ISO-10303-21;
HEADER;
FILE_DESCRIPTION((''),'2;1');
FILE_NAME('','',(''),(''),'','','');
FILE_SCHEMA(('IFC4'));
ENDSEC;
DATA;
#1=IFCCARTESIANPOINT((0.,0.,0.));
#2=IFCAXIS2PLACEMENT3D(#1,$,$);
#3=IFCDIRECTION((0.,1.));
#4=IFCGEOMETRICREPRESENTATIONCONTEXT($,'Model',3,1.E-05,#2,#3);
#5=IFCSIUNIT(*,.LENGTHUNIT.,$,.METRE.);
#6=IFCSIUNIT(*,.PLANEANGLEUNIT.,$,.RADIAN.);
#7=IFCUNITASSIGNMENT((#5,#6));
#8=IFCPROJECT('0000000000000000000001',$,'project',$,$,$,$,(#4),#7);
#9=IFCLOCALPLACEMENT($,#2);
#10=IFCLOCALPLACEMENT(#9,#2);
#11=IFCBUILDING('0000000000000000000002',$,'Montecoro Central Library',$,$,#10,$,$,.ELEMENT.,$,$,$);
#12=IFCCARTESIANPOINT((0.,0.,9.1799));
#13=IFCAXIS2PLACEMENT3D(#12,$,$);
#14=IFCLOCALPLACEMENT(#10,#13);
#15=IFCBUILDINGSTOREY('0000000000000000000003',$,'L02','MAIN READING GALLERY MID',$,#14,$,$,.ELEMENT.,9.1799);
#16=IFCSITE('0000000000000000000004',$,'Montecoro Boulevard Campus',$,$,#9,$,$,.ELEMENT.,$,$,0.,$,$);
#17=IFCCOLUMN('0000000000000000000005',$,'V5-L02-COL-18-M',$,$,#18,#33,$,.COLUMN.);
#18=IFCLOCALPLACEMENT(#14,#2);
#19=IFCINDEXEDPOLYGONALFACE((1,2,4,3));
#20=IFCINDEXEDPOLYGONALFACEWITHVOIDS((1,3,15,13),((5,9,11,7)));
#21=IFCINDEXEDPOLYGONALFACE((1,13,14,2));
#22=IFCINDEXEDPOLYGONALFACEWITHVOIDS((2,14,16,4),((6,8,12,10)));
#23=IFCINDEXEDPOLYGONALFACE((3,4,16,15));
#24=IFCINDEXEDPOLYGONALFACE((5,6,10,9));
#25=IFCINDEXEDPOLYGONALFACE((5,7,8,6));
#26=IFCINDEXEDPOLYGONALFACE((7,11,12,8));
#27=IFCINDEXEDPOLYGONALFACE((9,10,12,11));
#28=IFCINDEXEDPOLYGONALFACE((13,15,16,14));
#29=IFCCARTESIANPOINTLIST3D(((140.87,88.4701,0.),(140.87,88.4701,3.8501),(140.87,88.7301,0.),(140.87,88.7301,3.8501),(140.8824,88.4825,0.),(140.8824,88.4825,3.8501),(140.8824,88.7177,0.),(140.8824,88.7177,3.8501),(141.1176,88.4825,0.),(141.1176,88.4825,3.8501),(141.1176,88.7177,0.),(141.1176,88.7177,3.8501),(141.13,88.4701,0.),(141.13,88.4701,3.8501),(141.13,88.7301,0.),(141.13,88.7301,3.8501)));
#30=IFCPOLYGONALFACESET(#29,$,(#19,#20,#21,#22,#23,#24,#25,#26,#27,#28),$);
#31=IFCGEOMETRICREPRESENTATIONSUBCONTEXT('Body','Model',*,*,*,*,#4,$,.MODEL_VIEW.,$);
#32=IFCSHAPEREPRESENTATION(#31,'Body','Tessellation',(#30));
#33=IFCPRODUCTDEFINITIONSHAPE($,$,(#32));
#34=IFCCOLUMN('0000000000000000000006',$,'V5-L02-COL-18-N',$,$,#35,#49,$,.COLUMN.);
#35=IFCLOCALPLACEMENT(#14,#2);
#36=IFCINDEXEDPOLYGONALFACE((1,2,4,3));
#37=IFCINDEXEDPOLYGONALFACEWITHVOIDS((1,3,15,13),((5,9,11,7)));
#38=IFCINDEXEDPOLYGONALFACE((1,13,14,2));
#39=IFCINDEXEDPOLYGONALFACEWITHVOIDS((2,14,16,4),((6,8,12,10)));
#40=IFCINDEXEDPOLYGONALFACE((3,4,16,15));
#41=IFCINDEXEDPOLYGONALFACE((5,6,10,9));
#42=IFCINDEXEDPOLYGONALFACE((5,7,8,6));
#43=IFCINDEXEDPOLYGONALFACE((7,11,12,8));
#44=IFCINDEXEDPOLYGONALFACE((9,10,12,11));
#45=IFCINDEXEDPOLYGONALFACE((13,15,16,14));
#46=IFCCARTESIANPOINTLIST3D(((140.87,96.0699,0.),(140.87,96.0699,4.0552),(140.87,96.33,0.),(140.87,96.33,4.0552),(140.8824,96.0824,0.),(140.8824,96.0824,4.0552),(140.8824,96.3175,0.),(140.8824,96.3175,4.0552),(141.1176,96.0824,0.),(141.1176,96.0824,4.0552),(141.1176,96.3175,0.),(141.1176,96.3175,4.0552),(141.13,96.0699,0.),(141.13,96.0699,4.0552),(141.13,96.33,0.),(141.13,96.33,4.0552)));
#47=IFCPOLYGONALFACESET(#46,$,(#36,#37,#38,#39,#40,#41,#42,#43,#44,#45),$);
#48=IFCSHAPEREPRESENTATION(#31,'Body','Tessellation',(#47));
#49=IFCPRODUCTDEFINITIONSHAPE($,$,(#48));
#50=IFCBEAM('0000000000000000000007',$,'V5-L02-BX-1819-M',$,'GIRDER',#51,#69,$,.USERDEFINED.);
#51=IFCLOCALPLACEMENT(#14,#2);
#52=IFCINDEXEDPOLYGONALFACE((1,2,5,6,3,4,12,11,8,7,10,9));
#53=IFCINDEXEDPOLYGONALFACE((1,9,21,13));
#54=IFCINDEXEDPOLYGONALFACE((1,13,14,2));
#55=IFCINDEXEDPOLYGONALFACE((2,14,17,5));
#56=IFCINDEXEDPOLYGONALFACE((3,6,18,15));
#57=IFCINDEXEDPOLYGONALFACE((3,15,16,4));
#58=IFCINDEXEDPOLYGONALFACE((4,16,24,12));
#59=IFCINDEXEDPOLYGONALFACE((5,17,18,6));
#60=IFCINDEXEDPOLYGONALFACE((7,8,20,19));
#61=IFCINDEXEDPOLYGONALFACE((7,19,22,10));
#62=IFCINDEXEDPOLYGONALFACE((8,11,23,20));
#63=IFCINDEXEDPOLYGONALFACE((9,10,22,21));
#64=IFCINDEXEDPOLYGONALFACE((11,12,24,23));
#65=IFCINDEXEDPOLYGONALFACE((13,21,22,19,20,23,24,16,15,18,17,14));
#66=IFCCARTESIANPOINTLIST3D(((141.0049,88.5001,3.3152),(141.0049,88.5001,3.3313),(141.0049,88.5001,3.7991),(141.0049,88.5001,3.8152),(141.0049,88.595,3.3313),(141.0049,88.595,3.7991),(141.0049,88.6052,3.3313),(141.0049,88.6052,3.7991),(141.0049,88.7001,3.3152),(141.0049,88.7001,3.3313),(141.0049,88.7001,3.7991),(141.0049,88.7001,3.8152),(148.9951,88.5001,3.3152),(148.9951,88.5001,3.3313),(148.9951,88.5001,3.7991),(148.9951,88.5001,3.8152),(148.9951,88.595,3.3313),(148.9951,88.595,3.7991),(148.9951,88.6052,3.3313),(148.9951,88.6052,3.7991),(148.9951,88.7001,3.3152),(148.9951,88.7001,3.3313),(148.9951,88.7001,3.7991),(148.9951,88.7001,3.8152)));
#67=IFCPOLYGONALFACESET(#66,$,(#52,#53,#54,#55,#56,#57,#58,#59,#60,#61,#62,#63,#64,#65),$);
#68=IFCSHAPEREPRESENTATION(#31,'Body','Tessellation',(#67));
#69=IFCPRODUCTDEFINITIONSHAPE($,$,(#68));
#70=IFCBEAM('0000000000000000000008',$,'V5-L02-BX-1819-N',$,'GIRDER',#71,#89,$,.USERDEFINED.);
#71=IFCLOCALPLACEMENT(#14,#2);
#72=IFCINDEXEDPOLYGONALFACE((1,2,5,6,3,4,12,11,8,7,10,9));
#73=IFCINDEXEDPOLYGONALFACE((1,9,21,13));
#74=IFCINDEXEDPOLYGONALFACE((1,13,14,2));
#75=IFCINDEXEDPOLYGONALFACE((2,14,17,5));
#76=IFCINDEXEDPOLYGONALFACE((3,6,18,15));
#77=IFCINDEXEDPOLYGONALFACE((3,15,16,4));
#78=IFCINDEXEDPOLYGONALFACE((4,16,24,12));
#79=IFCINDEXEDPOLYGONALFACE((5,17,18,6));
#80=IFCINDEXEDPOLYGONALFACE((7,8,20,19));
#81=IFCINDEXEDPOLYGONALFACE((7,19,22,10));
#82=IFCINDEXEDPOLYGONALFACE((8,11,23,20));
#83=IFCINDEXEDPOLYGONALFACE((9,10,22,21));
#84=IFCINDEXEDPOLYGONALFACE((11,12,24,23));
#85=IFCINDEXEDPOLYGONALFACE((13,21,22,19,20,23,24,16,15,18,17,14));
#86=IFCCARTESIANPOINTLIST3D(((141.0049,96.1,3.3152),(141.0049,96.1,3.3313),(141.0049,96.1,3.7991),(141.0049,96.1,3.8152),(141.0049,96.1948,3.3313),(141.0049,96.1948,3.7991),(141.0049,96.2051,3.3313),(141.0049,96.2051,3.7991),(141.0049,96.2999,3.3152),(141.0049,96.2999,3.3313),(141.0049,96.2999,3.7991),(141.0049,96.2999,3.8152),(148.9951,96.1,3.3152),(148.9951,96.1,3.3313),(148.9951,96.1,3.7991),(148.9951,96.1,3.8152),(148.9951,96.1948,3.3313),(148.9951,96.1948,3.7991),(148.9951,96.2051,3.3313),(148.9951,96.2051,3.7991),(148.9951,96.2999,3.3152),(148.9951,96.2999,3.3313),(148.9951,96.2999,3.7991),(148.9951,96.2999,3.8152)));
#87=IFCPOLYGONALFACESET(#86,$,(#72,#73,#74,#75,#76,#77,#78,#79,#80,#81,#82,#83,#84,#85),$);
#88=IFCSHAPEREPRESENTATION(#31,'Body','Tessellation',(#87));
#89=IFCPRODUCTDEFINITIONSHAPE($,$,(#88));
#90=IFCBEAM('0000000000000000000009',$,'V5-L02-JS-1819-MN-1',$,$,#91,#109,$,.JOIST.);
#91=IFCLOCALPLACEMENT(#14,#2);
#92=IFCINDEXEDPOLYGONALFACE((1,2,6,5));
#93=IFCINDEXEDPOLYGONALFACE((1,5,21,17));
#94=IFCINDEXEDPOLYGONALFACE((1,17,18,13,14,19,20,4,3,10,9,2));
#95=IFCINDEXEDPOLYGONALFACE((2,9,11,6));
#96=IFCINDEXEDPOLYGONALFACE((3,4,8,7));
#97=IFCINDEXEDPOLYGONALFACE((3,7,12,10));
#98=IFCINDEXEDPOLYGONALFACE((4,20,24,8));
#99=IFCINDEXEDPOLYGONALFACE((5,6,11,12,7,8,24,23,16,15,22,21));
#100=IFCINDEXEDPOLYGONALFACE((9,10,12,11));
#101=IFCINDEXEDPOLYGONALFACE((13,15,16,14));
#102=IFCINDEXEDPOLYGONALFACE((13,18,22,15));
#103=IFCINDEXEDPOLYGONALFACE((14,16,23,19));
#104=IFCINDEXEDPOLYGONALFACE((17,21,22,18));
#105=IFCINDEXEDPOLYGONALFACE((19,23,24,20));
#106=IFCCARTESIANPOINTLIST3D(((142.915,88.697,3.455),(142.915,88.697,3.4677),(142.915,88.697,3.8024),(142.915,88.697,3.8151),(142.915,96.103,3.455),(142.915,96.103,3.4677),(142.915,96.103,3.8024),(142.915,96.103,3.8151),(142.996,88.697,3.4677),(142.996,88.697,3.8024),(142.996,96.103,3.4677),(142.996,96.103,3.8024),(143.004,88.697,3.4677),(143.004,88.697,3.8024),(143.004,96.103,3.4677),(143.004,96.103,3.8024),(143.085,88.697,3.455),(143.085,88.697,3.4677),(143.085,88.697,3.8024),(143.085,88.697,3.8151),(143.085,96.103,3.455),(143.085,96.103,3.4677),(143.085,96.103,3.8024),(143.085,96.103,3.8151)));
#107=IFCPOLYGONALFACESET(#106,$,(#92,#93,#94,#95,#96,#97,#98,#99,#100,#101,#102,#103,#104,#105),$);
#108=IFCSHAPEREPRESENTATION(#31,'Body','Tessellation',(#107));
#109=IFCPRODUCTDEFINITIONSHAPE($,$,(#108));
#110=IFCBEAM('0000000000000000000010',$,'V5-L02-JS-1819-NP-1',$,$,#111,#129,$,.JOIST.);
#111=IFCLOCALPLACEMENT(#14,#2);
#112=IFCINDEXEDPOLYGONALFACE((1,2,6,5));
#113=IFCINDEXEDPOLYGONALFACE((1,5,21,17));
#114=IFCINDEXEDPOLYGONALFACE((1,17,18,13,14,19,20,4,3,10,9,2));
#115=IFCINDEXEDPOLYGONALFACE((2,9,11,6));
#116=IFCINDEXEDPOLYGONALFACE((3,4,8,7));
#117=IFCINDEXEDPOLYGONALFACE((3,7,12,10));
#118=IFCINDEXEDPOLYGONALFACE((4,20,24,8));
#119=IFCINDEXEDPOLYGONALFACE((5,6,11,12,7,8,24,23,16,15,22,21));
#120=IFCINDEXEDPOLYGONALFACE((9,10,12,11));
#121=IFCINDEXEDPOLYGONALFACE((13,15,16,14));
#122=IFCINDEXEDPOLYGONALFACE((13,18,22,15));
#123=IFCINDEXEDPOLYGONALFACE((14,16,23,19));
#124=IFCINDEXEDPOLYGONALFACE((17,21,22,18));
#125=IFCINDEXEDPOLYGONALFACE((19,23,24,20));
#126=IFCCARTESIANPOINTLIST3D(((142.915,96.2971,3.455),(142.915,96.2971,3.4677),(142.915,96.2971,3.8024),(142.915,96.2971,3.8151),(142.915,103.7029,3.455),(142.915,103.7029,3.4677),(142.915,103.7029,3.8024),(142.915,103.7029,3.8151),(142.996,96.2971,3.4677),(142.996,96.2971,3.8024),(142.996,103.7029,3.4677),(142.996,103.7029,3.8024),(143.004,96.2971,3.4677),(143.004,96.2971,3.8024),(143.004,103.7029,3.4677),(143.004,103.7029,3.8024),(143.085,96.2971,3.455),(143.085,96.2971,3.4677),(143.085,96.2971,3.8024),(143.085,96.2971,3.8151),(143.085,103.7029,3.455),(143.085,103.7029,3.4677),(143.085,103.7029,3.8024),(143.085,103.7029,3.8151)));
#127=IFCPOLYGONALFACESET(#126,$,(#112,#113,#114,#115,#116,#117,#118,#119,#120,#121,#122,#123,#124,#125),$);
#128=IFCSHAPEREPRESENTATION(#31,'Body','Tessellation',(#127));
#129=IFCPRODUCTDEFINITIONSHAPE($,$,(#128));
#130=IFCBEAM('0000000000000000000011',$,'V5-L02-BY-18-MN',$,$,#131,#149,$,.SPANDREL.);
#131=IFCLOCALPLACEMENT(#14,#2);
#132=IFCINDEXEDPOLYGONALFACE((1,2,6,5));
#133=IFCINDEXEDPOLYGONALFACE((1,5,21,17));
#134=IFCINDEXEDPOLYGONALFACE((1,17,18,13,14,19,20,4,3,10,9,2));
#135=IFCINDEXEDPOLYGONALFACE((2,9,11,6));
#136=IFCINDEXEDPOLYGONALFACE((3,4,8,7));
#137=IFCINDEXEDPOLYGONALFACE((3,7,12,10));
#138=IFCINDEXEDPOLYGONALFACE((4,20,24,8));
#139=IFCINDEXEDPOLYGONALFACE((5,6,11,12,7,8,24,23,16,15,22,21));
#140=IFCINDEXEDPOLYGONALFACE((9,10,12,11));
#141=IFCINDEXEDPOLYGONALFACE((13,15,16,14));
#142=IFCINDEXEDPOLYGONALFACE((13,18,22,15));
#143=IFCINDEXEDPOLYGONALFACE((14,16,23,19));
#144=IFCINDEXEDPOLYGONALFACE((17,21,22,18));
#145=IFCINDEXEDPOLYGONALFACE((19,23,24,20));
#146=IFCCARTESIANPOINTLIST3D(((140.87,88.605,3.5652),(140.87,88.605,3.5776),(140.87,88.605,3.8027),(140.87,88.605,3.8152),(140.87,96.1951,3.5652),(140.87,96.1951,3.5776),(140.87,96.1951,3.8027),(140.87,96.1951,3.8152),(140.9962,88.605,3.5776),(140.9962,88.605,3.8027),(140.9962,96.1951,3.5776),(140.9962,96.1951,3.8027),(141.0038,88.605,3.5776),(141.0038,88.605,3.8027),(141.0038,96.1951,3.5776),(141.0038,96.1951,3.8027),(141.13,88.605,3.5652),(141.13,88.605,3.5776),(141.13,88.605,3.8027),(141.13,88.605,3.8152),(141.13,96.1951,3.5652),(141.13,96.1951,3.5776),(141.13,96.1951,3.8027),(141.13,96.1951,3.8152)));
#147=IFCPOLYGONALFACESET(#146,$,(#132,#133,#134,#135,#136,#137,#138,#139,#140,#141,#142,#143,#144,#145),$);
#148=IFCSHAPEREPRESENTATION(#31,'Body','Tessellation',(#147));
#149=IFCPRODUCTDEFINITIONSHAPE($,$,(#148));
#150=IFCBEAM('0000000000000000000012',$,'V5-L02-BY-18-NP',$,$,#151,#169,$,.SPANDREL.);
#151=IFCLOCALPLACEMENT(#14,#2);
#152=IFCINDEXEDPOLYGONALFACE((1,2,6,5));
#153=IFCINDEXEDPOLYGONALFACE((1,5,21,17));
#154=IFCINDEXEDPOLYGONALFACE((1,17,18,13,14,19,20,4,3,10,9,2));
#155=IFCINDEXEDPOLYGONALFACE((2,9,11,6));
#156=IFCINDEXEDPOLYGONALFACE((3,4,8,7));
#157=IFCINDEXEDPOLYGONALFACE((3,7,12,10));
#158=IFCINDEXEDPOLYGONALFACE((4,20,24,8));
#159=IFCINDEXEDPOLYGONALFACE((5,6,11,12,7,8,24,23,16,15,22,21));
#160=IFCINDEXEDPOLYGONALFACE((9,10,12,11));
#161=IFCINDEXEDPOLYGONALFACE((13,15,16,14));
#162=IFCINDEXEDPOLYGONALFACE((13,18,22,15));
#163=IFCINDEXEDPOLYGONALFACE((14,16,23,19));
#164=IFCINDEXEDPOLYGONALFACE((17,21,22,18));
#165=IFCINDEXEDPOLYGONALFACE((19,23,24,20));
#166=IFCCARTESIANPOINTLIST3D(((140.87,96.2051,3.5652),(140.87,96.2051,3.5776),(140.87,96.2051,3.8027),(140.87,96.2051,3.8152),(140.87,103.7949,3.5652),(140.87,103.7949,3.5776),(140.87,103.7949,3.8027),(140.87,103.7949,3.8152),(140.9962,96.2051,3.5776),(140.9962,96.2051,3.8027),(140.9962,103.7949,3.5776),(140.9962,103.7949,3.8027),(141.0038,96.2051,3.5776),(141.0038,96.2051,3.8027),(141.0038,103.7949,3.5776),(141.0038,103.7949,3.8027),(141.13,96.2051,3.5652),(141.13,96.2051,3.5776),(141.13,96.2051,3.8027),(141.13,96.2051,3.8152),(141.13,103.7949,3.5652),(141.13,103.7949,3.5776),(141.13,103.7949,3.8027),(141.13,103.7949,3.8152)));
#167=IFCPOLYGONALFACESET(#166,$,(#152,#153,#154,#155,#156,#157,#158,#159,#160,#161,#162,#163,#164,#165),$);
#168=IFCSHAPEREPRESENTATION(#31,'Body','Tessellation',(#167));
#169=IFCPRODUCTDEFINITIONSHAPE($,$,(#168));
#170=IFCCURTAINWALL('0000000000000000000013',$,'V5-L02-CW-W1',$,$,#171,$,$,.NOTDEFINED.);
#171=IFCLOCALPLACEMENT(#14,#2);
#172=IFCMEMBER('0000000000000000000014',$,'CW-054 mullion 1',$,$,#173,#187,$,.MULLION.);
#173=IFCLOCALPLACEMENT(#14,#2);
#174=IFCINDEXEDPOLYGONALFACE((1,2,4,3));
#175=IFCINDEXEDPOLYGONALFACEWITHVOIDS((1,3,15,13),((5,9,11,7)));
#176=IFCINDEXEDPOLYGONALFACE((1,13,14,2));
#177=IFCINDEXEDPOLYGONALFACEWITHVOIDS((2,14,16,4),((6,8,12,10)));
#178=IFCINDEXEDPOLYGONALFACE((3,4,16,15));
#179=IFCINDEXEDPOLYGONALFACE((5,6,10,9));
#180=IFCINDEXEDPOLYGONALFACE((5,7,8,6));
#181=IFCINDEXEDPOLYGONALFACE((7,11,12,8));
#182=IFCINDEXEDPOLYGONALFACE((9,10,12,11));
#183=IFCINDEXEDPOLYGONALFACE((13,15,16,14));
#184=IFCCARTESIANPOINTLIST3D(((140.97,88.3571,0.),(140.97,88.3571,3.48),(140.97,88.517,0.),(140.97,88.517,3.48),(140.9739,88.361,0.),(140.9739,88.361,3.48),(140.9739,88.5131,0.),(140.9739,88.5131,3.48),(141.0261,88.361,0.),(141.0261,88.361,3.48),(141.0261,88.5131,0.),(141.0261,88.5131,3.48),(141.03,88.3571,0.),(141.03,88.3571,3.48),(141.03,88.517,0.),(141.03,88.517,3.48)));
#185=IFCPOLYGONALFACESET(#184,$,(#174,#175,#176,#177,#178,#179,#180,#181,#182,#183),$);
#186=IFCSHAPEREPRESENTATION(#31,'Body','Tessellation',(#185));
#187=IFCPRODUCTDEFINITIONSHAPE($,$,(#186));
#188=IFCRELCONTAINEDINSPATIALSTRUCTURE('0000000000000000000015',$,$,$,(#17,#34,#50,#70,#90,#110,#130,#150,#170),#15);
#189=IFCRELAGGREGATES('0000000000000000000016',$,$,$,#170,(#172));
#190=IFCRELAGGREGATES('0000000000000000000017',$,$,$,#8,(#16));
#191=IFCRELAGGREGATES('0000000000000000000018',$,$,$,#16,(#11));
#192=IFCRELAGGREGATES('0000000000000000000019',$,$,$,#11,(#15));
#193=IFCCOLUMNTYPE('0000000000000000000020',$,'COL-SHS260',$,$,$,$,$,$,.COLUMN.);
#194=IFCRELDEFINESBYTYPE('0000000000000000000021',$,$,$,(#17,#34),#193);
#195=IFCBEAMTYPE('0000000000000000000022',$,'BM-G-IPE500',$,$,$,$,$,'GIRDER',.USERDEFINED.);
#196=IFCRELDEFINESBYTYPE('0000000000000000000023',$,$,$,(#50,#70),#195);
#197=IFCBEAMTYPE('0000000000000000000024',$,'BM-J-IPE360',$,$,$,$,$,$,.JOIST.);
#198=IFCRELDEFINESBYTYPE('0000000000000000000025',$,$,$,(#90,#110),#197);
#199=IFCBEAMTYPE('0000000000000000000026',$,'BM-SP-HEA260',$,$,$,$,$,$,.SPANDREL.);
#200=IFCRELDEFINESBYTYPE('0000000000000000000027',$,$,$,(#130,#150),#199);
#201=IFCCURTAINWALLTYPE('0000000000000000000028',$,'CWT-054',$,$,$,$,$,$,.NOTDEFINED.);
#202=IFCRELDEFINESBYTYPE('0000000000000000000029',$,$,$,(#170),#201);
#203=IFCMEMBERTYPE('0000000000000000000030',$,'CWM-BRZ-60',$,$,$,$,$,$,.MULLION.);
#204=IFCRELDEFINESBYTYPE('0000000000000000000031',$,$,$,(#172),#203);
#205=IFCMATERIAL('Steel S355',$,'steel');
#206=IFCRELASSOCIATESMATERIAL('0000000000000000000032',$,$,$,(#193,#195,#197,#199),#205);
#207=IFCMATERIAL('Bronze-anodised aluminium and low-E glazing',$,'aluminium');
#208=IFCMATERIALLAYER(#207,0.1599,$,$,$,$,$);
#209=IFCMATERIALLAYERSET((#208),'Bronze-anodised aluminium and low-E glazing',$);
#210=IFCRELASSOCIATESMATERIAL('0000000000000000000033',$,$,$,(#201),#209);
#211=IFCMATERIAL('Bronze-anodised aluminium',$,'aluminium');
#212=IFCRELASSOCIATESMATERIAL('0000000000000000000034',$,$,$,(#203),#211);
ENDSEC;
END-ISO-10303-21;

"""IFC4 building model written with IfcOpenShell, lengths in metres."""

from ifc_helpers import new_model, si_unit, direction, frame, origin, origin_2d, place, context, subcontext, project, spatial, hollow_rectangle, i_section, extrude, material, layer, layer_set, material_profile, profile_set, type_object, element, aggregate, save


model = new_model("IFC4")

# Units and contexts
model_context = context("Model", 3, precision=1e-05, world=origin(), true_north=direction((0.0, 1.0)))
body_context = subcontext(model_context, "Body", "Model", "MODEL_VIEW")
ifc_project = project(units=[si_unit("LENGTHUNIT", "METRE"), si_unit("PLANEANGLEUNIT", "RADIAN")], contexts=[model_context])

# Site, building, storey
site_placement = place(None, origin())
site = spatial("IfcSite", under=ifc_project, at=site_placement, Name="Montecoro Boulevard Campus", CompositionType="ELEMENT", RefElevation=0.0)
building_placement = place(site_placement, origin())
building = spatial("IfcBuilding", under=site, at=building_placement, Name="Montecoro Central Library", CompositionType="ELEMENT")
storey_placement = place(building_placement, frame((0.0, 0.0, 9.1799)))
storey = spatial("IfcBuildingStorey", under=building, at=storey_placement, Name="L02", Description="MAIN READING GALLERY MID", CompositionType="ELEMENT", Elevation=9.1799)

# Columns
ifc_material_1 = material(Name="Steel S355", Category="steel")
ifc_material_profile_1 = material_profile(ifc_material_1, hollow_rectangle(XDim=0.26, YDim=0.26, WallThickness=0.0125, at=origin_2d()), Name="SHS 260x260x12.5")
ifc_profile_set_1 = profile_set([ifc_material_profile_1], Name="Steel S355")
column_type = type_object("IfcColumnType", Name="COL-SHS260", PredefinedType="COLUMN", material=ifc_profile_set_1)
column_1_placement = place(storey_placement, frame((141.0, 88.6001, 0.0), z_axis=(0.0, 0.0, 1.0), x_axis=(1.0, 0.0, 0.0)))
element("IfcColumn", 1, at=column_1_placement, inside=storey, type_object=column_type, Name="V5-L02-COL-18-M", PredefinedType="COLUMN", context=body_context, shape_type="SweptSolid", body=[
    extrude(hollow_rectangle(XDim=0.26, YDim=0.26, WallThickness=0.0125, at=origin_2d()), origin(), (0.0, 0.0, 1.0), 3.8501),
])
column_2_placement = place(storey_placement, frame((141.0, 96.2, 0.0), z_axis=(0.0, 0.0, 1.0), x_axis=(1.0, 0.0, 0.0)))
element("IfcColumn", 2, at=column_2_placement, inside=storey, type_object=column_type, Name="V5-L02-COL-18-N", PredefinedType="COLUMN", context=body_context, shape_type="SweptSolid", body=[
    extrude(hollow_rectangle(XDim=0.26, YDim=0.26, WallThickness=0.0125, at=origin_2d()), origin(), (0.0, 0.0, 1.0), 4.0552),
])

# Beams
ifc_material_profile_2 = material_profile(ifc_material_1, i_section(OverallWidth=0.2, OverallDepth=0.5, WebThickness=0.0103, FlangeThickness=0.0161, at=origin_2d()), Name="IPE 500")
ifc_profile_set_2 = profile_set([ifc_material_profile_2], Name="Steel S355")
beam_type_1 = type_object("IfcBeamType", Name="BM-G-IPE500", ElementType="GIRDER", PredefinedType="USERDEFINED", material=ifc_profile_set_2)
for number, where, z_axis, x_axis, name in (
    (3, (141.0049, 88.6001, 3.5652), (1.0, 0.0, 0.0), (0.0, 1.0, 0.0), "V5-L02-BX-1819-M"),
    (4, (141.0049, 96.2, 3.5652), (1.0, 0.0, 0.0), (0.0, 1.0, 0.0), "V5-L02-BX-1819-N"),
):
    element("IfcBeam", number, at=place(storey_placement, frame(where, z_axis=z_axis, x_axis=x_axis)), inside=storey, type_object=beam_type_1, Name=name, ObjectType="GIRDER", PredefinedType="USERDEFINED", context=body_context, shape_type="SweptSolid", body=[
        extrude(i_section(OverallWidth=0.2, OverallDepth=0.5, WebThickness=0.0103, FlangeThickness=0.0161, at=origin_2d()), origin(), (0.0, 0.0, 1.0), 7.9902),
    ])
ifc_material_profile_3 = material_profile(ifc_material_1, i_section(OverallWidth=0.1699, OverallDepth=0.3601, WebThickness=0.0081, FlangeThickness=0.0127, at=origin_2d()), Name="IPE 360")
ifc_profile_set_3 = profile_set([ifc_material_profile_3], Name="Steel S355")
beam_type_2 = type_object("IfcBeamType", Name="BM-J-IPE360", PredefinedType="JOIST", material=ifc_profile_set_3)
beam_1_placement = place(storey_placement, frame((143.0, 88.697, 3.635), z_axis=(0.0, 1.0, 0.0), x_axis=(-1.0, 0.0, 0.0)))
element("IfcBeam", 5, at=beam_1_placement, inside=storey, type_object=beam_type_2, Name="V5-L02-JS-1819-MN-1", PredefinedType="JOIST", context=body_context, shape_type="SweptSolid", body=[
    extrude(i_section(OverallWidth=0.1699, OverallDepth=0.3601, WebThickness=0.0081, FlangeThickness=0.0127, at=origin_2d()), origin(), (0.0, 0.0, 1.0), 7.406),
])
beam_2_placement = place(storey_placement, frame((143.0, 96.2971, 3.635), z_axis=(0.0, 1.0, 0.0), x_axis=(-1.0, 0.0, 0.0)))
element("IfcBeam", 6, at=beam_2_placement, inside=storey, type_object=beam_type_2, Name="V5-L02-JS-1819-NP-1", PredefinedType="JOIST", context=body_context, shape_type="SweptSolid", body=[
    extrude(i_section(OverallWidth=0.1699, OverallDepth=0.3601, WebThickness=0.0081, FlangeThickness=0.0127, at=origin_2d()), origin(), (0.0, 0.0, 1.0), 7.4058),
])
ifc_material_profile_4 = material_profile(ifc_material_1, i_section(OverallWidth=0.26, OverallDepth=0.25, WebThickness=0.0076, FlangeThickness=0.0125, at=origin_2d()), Name="HEA 260")
ifc_profile_set_4 = profile_set([ifc_material_profile_4], Name="Steel S355")
beam_type_3 = type_object("IfcBeamType", Name="BM-SP-HEA260", PredefinedType="SPANDREL", material=ifc_profile_set_4)
beam_3_placement = place(storey_placement, frame((141.0, 88.605, 3.6902), z_axis=(0.0, 1.0, 0.0), x_axis=(-1.0, 0.0, 0.0)))
element("IfcBeam", 7, at=beam_3_placement, inside=storey, type_object=beam_type_3, Name="V5-L02-BY-18-MN", PredefinedType="SPANDREL", context=body_context, shape_type="SweptSolid", body=[
    extrude(i_section(OverallWidth=0.26, OverallDepth=0.25, WebThickness=0.0076, FlangeThickness=0.0125, at=origin_2d()), origin(), (0.0, 0.0, 1.0), 7.5901),
])
beam_4_placement = place(storey_placement, frame((141.0, 96.2051, 3.6902), z_axis=(0.0, 1.0, 0.0), x_axis=(-1.0, 0.0, 0.0)))
element("IfcBeam", 8, at=beam_4_placement, inside=storey, type_object=beam_type_3, Name="V5-L02-BY-18-NP", PredefinedType="SPANDREL", context=body_context, shape_type="SweptSolid", body=[
    extrude(i_section(OverallWidth=0.26, OverallDepth=0.25, WebThickness=0.0076, FlangeThickness=0.0125, at=origin_2d()), origin(), (0.0, 0.0, 1.0), 7.5898),
])

# Curtain wall, member
ifc_material_2 = material(Name="Bronze-anodised aluminium and low-E glazing", Category="aluminium")
ifc_layer_1 = layer(ifc_material_2, 0.1599)
ifc_layer_set_1 = layer_set([ifc_layer_1], Name="Bronze-anodised aluminium and low-E glazing")
curtain_wall_type = type_object("IfcCurtainWallType", Name="CWT-054", PredefinedType="NOTDEFINED", material=ifc_layer_set_1)
curtain_wall_placement = place(storey_placement, origin())
curtain_wall = element("IfcCurtainWall", 9, at=curtain_wall_placement, inside=storey, type_object=curtain_wall_type, Name="V5-L02-CW-W1", PredefinedType="NOTDEFINED")
ifc_material_3 = material(Name="Bronze-anodised aluminium", Category="aluminium")
ifc_material_profile_5 = material_profile(ifc_material_3, hollow_rectangle(XDim=0.0601, YDim=0.1599, WallThickness=0.0039, at=origin_2d()), Name="CWM 160x60x4.0")
ifc_profile_set_5 = profile_set([ifc_material_profile_5], Name="Bronze-anodised aluminium")
member_type_1 = type_object("IfcMemberType", Name="CWM-BRZ-60", PredefinedType="MULLION", material=ifc_profile_set_5)
member_1_placement = place(storey_placement, frame((141.0, 88.437, 0.0), z_axis=(0.0, 0.0, 1.0), x_axis=(1.0, 0.0, 0.0)))
member_1 = element("IfcMember", 10, at=member_1_placement, type_object=member_type_1, Name="CW-054 mullion 1", PredefinedType="MULLION", context=body_context, shape_type="SweptSolid", body=[
    extrude(hollow_rectangle(XDim=0.0601, YDim=0.1599, WallThickness=0.0039, at=origin_2d()), origin(), (0.0, 0.0, 1.0), 3.48),
])
aggregate(curtain_wall, [member_1])

save(model, "model.ifc")
